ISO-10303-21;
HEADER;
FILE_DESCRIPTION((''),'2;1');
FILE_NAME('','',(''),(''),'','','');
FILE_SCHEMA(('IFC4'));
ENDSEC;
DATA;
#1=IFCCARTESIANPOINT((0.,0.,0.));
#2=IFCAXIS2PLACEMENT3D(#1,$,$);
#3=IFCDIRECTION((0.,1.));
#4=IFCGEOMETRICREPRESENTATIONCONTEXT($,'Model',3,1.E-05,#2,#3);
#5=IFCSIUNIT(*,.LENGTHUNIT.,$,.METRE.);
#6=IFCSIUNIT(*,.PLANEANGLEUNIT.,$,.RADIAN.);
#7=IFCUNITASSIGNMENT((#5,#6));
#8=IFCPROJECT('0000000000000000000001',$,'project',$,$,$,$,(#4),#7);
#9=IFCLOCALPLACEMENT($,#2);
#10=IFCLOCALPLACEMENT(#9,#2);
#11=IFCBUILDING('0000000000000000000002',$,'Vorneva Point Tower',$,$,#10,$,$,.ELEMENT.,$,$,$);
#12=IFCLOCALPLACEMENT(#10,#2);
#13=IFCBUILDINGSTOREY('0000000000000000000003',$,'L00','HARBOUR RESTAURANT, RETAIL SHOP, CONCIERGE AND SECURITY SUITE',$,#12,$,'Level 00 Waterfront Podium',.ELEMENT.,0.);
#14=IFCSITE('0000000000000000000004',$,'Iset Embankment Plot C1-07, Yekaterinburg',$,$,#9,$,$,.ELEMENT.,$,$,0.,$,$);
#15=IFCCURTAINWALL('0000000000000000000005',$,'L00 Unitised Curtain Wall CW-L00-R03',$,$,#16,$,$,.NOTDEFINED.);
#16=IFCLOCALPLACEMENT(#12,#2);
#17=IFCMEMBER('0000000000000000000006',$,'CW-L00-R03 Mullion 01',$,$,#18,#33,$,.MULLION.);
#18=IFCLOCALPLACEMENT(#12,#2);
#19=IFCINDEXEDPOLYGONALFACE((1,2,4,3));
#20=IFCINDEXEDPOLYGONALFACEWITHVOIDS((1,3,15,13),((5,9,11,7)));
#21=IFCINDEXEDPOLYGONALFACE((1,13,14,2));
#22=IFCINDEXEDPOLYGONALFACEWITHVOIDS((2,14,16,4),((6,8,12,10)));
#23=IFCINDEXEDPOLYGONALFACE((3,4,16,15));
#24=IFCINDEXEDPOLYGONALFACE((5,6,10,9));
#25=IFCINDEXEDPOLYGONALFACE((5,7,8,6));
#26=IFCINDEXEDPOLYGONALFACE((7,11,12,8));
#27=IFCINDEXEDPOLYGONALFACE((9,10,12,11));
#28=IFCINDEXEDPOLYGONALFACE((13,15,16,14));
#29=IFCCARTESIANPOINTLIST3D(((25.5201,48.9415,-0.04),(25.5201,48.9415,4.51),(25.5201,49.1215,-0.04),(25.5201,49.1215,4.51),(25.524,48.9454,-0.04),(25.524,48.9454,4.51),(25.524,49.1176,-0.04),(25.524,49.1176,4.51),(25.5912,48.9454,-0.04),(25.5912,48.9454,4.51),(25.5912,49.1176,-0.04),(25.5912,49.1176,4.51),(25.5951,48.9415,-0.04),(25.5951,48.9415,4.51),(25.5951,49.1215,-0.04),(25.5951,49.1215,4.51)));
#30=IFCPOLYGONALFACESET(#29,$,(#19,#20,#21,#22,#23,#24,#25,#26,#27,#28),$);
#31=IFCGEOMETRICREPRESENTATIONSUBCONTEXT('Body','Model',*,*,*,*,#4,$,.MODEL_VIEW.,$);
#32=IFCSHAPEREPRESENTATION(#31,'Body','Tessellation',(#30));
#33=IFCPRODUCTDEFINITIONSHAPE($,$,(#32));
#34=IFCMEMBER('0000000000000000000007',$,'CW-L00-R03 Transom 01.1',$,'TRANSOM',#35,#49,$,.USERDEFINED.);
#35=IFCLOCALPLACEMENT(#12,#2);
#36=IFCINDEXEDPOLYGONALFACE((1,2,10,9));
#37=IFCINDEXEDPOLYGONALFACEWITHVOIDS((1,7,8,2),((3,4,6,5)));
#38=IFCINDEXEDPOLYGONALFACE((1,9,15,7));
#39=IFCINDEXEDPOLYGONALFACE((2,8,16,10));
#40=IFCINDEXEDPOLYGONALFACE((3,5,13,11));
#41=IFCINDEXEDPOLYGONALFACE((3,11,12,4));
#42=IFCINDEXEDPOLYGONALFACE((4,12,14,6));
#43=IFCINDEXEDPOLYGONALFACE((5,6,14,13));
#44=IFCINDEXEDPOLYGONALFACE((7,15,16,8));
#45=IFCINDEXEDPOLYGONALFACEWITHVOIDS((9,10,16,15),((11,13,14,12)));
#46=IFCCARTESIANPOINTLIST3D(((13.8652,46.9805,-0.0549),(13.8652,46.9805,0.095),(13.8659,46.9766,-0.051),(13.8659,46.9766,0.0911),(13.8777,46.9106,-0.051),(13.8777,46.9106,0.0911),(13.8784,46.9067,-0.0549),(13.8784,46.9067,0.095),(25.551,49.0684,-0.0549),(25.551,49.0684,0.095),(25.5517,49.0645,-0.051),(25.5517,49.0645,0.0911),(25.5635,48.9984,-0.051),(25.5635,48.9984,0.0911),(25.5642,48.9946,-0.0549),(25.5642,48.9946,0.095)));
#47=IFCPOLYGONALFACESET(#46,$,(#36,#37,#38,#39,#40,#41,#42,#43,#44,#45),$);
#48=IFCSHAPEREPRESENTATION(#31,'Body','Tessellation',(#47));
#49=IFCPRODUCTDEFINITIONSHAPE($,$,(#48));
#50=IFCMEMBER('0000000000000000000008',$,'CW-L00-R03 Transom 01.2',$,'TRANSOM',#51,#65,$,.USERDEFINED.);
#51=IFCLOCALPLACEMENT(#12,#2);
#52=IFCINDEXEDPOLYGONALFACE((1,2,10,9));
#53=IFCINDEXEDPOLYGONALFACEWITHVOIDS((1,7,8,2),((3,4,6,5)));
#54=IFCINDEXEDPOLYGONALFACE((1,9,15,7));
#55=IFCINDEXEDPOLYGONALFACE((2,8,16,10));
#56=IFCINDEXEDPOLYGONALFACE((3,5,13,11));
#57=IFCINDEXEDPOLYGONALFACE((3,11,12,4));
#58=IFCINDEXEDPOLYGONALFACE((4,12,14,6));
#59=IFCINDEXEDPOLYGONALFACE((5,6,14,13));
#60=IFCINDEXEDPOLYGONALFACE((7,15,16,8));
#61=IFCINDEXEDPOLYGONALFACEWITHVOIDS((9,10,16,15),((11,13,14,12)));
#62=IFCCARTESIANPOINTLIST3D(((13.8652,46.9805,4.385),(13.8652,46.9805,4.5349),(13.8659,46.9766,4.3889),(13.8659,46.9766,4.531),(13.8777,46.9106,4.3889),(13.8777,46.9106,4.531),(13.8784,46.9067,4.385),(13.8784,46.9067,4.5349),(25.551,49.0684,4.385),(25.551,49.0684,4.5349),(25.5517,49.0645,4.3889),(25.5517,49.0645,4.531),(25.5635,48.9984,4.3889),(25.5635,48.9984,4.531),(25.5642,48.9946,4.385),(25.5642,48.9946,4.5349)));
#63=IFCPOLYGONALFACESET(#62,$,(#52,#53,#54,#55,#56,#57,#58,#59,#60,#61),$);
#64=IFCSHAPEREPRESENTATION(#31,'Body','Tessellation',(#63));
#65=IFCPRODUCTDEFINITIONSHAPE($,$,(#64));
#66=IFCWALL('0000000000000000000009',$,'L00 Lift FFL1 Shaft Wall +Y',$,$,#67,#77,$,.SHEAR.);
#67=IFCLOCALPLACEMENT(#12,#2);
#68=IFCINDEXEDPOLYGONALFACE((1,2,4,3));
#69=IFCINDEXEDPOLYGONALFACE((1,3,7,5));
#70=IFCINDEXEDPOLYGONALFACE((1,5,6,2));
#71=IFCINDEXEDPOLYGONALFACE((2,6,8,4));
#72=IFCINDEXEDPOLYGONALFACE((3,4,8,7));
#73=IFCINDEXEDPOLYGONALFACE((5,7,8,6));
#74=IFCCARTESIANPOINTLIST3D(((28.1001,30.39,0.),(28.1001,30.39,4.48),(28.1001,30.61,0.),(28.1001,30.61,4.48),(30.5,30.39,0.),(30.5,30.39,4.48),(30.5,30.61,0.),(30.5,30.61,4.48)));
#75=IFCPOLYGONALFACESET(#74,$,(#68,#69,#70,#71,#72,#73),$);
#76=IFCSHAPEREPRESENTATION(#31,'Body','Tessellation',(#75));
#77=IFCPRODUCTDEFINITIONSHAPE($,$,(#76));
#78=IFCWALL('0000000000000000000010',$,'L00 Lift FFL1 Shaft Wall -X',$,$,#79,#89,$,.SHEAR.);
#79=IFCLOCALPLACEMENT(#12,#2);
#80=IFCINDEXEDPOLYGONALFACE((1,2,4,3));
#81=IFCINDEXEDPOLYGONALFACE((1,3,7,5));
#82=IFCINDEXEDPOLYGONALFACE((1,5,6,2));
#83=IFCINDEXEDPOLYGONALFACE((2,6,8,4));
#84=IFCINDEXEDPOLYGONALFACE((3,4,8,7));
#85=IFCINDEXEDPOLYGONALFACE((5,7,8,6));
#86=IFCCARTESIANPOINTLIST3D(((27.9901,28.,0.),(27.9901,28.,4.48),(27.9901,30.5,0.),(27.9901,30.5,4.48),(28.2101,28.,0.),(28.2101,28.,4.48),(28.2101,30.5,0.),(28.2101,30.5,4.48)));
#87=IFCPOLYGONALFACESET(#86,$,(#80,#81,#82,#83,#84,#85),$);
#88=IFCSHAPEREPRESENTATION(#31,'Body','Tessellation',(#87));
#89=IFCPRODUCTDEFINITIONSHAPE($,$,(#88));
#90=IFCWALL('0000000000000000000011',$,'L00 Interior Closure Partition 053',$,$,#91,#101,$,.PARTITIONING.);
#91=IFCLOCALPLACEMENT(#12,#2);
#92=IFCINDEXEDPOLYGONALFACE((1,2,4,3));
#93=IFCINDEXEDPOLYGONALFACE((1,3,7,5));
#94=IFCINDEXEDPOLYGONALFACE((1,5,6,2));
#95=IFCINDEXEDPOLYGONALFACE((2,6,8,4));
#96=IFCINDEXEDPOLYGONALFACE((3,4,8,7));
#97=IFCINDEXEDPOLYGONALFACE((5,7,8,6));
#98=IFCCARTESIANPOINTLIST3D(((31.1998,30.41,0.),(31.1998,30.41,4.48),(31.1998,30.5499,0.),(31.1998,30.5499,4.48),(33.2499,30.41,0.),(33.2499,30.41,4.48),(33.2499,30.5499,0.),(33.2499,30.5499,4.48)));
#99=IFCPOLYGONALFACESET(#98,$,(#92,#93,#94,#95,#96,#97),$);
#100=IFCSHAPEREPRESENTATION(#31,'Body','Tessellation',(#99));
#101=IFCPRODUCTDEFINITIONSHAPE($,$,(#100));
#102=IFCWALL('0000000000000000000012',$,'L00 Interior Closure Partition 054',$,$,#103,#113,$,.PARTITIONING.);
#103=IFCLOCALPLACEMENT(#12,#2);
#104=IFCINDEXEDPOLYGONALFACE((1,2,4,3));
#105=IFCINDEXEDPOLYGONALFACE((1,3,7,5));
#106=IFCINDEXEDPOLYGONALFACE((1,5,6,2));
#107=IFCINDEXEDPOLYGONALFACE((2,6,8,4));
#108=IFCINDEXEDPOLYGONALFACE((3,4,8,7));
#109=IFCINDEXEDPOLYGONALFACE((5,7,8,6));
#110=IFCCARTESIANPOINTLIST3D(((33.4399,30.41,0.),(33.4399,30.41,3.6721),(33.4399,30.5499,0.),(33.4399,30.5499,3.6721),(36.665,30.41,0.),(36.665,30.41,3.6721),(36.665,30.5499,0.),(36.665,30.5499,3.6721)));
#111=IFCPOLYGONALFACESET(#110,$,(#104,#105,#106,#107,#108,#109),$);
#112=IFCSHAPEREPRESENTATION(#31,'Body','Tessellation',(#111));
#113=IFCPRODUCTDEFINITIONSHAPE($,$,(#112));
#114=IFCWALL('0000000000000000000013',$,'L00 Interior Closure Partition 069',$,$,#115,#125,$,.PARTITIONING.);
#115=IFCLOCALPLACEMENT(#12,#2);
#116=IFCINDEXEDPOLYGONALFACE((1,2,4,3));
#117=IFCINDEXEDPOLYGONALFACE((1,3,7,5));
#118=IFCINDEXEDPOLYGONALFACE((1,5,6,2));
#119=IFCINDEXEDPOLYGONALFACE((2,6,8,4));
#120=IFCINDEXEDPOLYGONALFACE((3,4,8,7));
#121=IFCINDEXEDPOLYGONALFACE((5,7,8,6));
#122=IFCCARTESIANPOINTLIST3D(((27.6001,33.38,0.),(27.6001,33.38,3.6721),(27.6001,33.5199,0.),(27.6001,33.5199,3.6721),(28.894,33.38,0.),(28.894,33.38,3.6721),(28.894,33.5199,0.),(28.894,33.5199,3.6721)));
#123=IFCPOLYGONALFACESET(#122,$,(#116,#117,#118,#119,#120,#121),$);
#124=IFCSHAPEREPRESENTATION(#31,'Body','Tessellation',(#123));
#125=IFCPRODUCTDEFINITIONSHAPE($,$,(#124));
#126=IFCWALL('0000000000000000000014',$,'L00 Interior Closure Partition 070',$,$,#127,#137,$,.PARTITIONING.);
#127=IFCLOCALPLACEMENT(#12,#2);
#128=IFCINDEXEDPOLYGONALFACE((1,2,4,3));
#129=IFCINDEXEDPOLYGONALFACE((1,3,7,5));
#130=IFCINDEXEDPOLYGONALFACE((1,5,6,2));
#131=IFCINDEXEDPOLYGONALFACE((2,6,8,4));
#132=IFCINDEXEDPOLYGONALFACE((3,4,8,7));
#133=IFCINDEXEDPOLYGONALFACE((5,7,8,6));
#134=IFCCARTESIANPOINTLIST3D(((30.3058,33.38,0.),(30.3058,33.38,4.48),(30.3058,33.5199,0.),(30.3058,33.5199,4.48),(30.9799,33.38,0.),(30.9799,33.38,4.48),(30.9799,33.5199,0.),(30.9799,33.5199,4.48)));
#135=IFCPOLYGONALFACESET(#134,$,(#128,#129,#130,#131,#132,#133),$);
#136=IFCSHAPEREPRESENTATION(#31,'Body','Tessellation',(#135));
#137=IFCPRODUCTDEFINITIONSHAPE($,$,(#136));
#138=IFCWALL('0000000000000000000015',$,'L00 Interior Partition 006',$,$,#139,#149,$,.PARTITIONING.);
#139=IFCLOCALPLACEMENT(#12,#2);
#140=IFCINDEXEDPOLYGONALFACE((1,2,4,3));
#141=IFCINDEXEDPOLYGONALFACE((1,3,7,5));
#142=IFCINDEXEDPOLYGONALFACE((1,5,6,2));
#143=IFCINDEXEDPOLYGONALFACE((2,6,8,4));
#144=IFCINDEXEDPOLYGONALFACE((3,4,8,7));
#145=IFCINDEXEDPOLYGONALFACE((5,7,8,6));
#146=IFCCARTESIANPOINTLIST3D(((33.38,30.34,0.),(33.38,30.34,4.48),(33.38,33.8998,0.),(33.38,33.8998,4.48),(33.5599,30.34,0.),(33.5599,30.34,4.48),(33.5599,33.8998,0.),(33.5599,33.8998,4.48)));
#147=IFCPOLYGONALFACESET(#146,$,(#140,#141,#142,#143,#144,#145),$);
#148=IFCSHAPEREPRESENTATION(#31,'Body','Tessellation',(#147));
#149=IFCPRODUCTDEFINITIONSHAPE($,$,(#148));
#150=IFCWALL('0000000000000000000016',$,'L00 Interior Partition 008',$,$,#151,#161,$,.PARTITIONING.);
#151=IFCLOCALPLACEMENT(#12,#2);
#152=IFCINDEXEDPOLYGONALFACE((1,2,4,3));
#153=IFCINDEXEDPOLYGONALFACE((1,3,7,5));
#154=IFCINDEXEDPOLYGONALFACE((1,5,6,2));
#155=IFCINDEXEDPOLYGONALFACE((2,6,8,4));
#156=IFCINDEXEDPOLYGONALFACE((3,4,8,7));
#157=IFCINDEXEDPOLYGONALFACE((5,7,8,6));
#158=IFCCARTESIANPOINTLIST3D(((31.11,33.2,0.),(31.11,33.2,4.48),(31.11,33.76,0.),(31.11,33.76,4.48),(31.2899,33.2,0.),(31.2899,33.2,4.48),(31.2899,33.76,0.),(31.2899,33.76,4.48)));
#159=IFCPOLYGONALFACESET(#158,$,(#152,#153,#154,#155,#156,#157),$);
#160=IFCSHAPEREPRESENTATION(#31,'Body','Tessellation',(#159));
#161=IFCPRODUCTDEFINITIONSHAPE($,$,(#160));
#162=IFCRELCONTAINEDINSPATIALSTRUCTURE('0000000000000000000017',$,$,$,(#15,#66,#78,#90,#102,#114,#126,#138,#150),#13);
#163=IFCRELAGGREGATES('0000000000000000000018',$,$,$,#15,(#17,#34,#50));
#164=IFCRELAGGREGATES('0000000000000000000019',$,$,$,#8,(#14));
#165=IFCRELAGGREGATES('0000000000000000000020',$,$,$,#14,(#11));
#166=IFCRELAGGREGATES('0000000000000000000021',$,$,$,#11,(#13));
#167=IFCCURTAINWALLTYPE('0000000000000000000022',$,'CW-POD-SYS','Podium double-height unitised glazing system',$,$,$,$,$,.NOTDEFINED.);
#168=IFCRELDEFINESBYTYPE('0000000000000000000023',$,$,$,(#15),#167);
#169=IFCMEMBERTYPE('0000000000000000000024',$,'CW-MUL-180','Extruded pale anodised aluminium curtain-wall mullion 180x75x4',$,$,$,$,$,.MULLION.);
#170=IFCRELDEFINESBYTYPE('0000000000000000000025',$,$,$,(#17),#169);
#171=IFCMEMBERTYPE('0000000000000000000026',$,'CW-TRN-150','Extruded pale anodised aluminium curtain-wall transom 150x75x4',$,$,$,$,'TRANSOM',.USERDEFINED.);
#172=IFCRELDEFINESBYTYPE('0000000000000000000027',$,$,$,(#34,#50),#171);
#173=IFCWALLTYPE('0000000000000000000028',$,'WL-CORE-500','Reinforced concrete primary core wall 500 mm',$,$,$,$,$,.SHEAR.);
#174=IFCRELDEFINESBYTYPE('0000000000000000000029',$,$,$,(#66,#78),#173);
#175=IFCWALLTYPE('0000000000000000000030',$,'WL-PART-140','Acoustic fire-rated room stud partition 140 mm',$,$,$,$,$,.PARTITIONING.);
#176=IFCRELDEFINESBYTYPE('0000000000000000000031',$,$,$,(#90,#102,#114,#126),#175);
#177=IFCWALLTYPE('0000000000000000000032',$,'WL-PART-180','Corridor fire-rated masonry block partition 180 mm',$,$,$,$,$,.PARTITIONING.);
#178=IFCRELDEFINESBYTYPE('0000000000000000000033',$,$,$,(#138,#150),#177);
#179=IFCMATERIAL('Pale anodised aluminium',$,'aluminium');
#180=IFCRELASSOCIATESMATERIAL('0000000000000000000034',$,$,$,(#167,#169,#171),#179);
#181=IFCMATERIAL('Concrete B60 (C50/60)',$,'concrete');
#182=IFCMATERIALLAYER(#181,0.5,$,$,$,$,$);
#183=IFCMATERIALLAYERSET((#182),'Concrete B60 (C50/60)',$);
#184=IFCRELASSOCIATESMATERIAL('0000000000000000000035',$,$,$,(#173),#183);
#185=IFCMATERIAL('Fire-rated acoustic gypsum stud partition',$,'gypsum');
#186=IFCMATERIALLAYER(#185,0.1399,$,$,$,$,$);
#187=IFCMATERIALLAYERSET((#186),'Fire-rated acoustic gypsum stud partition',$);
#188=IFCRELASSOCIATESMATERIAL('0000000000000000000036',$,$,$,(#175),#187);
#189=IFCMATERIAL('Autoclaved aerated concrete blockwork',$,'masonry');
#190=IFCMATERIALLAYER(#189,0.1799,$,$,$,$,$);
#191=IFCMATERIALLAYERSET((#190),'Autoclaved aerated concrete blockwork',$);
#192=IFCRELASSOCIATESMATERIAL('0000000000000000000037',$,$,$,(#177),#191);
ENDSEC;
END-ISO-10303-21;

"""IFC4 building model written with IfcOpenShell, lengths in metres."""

from ifc_helpers import new_model, si_unit, direction, frame, frame_2d, origin, origin_2d, place, context, subcontext, project, spatial, rectangle, hollow_rectangle, extrude, material, layer, layer_set, material_profile, profile_set, type_object, element, aggregate, save


model = new_model("IFC4")

# Units and contexts
model_context = context("Model", 3, precision=1e-05, world=origin(), true_north=direction((0.0, 1.0)))
body_context = subcontext(model_context, "Body", "Model", "MODEL_VIEW")
ifc_project = project(units=[si_unit("LENGTHUNIT", "METRE"), si_unit("PLANEANGLEUNIT", "RADIAN")], contexts=[model_context])

# Site, building, storey
site_placement = place(None, origin())
site = spatial("IfcSite", under=ifc_project, at=site_placement, Name="Iset Embankment Plot C1-07, Yekaterinburg", CompositionType="ELEMENT", RefElevation=0.0)
building_placement = place(site_placement, origin())
building = spatial("IfcBuilding", under=site, at=building_placement, Name="Vorneva Point Tower", CompositionType="ELEMENT")
storey_placement = place(building_placement, origin())
storey = spatial("IfcBuildingStorey", under=building, at=storey_placement, Name="L00", Description="HARBOUR RESTAURANT, RETAIL SHOP, CONCIERGE AND SECURITY SUITE", LongName="Level 00 Waterfront Podium", CompositionType="ELEMENT", Elevation=0.0)

# Shared definitions
ifc_material_1 = material(Name="Concrete B60 (C50/60)", Category="concrete")

# Curtain wall, members
ifc_material_2 = material(Name="Pale anodised aluminium", Category="aluminium")
curtain_wall_type = type_object("IfcCurtainWallType", Name="CW-POD-SYS", Description="Podium double-height unitised glazing system", PredefinedType="NOTDEFINED", material=ifc_material_2)
curtain_wall_placement = place(storey_placement, origin())
curtain_wall = element("IfcCurtainWall", 1, at=curtain_wall_placement, inside=storey, type_object=curtain_wall_type, Name="L00 Unitised Curtain Wall CW-L00-R03", PredefinedType="NOTDEFINED")
ifc_material_profile_1 = material_profile(ifc_material_2, hollow_rectangle(XDim=0.075, YDim=0.1799, WallThickness=0.0039, at=origin_2d()), Name="AL-MUL 180x75x4")
ifc_profile_set_1 = profile_set([ifc_material_profile_1], Name="Pale anodised aluminium")
member_type_1 = type_object("IfcMemberType", Name="CW-MUL-180", Description="Extruded pale anodised aluminium curtain-wall mullion 180x75x4", PredefinedType="MULLION", material=ifc_profile_set_1)
member_1_placement = place(storey_placement, frame((25.5576, 49.0315, -0.04), z_axis=(0.0, 0.0, 1.0), x_axis=(1.0, 0.0, 0.0)))
member_1 = element("IfcMember", 2, at=member_1_placement, type_object=member_type_1, Name="CW-L00-R03 Mullion 01", PredefinedType="MULLION", context=body_context, shape_type="SweptSolid", body=[
    extrude(hollow_rectangle(XDim=0.075, YDim=0.1799, WallThickness=0.0039, at=origin_2d()), origin(), (0.0, 0.0, 1.0), 4.55),
])
ifc_material_profile_2 = material_profile(ifc_material_2, hollow_rectangle(XDim=0.075, YDim=0.1499, WallThickness=0.0039, at=origin_2d()), Name="AL-TRN 150x75x4")
ifc_profile_set_2 = profile_set([ifc_material_profile_2], Name="Pale anodised aluminium")
member_type_2 = type_object("IfcMemberType", Name="CW-TRN-150", Description="Extruded pale anodised aluminium curtain-wall transom 150x75x4", ElementType="TRANSOM", PredefinedType="USERDEFINED", material=ifc_profile_set_2)
member_2_placement = place(storey_placement, frame((25.5576, 49.0315, 0.02), z_axis=(-0.984411, -0.175884, 0.0), x_axis=(0.175884, -0.984411, 0.0)))
member_2 = element("IfcMember", 3, at=member_2_placement, type_object=member_type_2, Name="CW-L00-R03 Transom 01.1", ObjectType="TRANSOM", PredefinedType="USERDEFINED", context=body_context, shape_type="SweptSolid", body=[
    extrude(hollow_rectangle(XDim=0.075, YDim=0.1499, WallThickness=0.0039, at=origin_2d()), origin(), (0.0, 0.0, 1.0), 11.8708),
])
member_3_placement = place(storey_placement, frame((25.5576, 49.0315, 4.46), z_axis=(-0.984411, -0.175884, 0.0), x_axis=(0.175884, -0.984411, 0.0)))
member_3 = element("IfcMember", 4, at=member_3_placement, type_object=member_type_2, Name="CW-L00-R03 Transom 01.2", ObjectType="TRANSOM", PredefinedType="USERDEFINED", context=body_context, shape_type="SweptSolid", body=[
    extrude(hollow_rectangle(XDim=0.075, YDim=0.1499, WallThickness=0.0039, at=origin_2d()), origin(), (0.0, 0.0, 1.0), 11.8708),
])
aggregate(curtain_wall, [member_1, member_2, member_3])

# Walls
ifc_layer_1 = layer(ifc_material_1, 0.5)
ifc_layer_set_1 = layer_set([ifc_layer_1], Name="Concrete B60 (C50/60)")
wall_type_1 = type_object("IfcWallType", Name="WL-CORE-500", Description="Reinforced concrete primary core wall 500 mm", PredefinedType="SHEAR", material=ifc_layer_set_1)
wall_1_placement = place(storey_placement, frame((30.5, 30.5, 0.0), z_axis=(0.0, 0.0, 1.0), x_axis=(-1.0, 0.0, 0.0)))
element("IfcWall", 5, at=wall_1_placement, inside=storey, type_object=wall_type_1, Name="L00 Lift FFL1 Shaft Wall +Y", PredefinedType="SHEAR", context=body_context, shape_type="SweptSolid", body=[
    extrude(rectangle(XDim=2.3999, YDim=0.22, at=frame_2d((1.2, 0.0))), origin(), (0.0, 0.0, 1.0), 4.48),
])
wall_2_placement = place(storey_placement, frame((28.1001, 30.5, 0.0), z_axis=(0.0, 0.0, 1.0), x_axis=(0.0, -1.0, 0.0)))
element("IfcWall", 6, at=wall_2_placement, inside=storey, type_object=wall_type_1, Name="L00 Lift FFL1 Shaft Wall -X", PredefinedType="SHEAR", context=body_context, shape_type="SweptSolid", body=[
    extrude(rectangle(XDim=2.5, YDim=0.22, at=frame_2d((1.25, 0.0))), origin(), (0.0, 0.0, 1.0), 4.48),
])
ifc_material_3 = material(Name="Fire-rated acoustic gypsum stud partition", Category="gypsum")
ifc_layer_2 = layer(ifc_material_3, 0.1399)
ifc_layer_set_2 = layer_set([ifc_layer_2], Name="Fire-rated acoustic gypsum stud partition")
wall_type_2 = type_object("IfcWallType", Name="WL-PART-140", Description="Acoustic fire-rated room stud partition 140 mm", PredefinedType="PARTITIONING", material=ifc_layer_set_2)
wall_3_placement = place(storey_placement, frame((31.2, 30.48, 0.0), z_axis=(0.0, 0.0, 1.0), x_axis=(1.0, 0.0, 0.0)))
element("IfcWall", 7, at=wall_3_placement, inside=storey, type_object=wall_type_2, Name="L00 Interior Closure Partition 053", PredefinedType="PARTITIONING", context=body_context, shape_type="SweptSolid", body=[
    extrude(rectangle(XDim=2.05, YDim=0.1399, at=frame_2d((1.0249, 0.0))), origin(), (0.0, 0.0, 1.0), 4.48),
])
wall_4_placement = place(storey_placement, frame((33.4399, 30.48, 0.0), z_axis=(0.0, 0.0, 1.0), x_axis=(1.0, 0.0, 0.0)))
element("IfcWall", 8, at=wall_4_placement, inside=storey, type_object=wall_type_2, Name="L00 Interior Closure Partition 054", PredefinedType="PARTITIONING", context=body_context, shape_type="SweptSolid", body=[
    extrude(rectangle(XDim=3.2251, YDim=0.1399, at=frame_2d((1.6125, 0.0))), origin(), (0.0, 0.0, 1.0), 3.6721),
])
wall_5_placement = place(storey_placement, frame((27.6001, 33.45, 0.0), z_axis=(0.0, 0.0, 1.0), x_axis=(1.0, 0.0, 0.0)))
element("IfcWall", 9, at=wall_5_placement, inside=storey, type_object=wall_type_2, Name="L00 Interior Closure Partition 069", PredefinedType="PARTITIONING", context=body_context, shape_type="SweptSolid", body=[
    extrude(rectangle(XDim=1.2939, YDim=0.1399, at=frame_2d((0.647, 0.0))), origin(), (0.0, 0.0, 1.0), 3.6721),
])
wall_6_placement = place(storey_placement, frame((30.3059, 33.45, 0.0), z_axis=(0.0, 0.0, 1.0), x_axis=(1.0, 0.0, 0.0)))
element("IfcWall", 10, at=wall_6_placement, inside=storey, type_object=wall_type_2, Name="L00 Interior Closure Partition 070", PredefinedType="PARTITIONING", context=body_context, shape_type="SweptSolid", body=[
    extrude(rectangle(XDim=0.6741, YDim=0.1399, at=frame_2d((0.3369, 0.0))), origin(), (0.0, 0.0, 1.0), 4.48),
])
ifc_material_4 = material(Name="Autoclaved aerated concrete blockwork", Category="masonry")
ifc_layer_3 = layer(ifc_material_4, 0.1799)
ifc_layer_set_3 = layer_set([ifc_layer_3], Name="Autoclaved aerated concrete blockwork")
wall_type_3 = type_object("IfcWallType", Name="WL-PART-180", Description="Corridor fire-rated masonry block partition 180 mm", PredefinedType="PARTITIONING", material=ifc_layer_set_3)
wall_7_placement = place(storey_placement, frame((33.47, 30.3401, 0.0), z_axis=(0.0, 0.0, 1.0), x_axis=(0.0, 1.0, 0.0)))
element("IfcWall", 11, at=wall_7_placement, inside=storey, type_object=wall_type_3, Name="L00 Interior Partition 006", PredefinedType="PARTITIONING", context=body_context, shape_type="SweptSolid", body=[
    extrude(rectangle(XDim=3.5598, YDim=0.1799, at=frame_2d((1.7798, 0.0))), origin(), (0.0, 0.0, 1.0), 4.48),
])

# Wall
wall_8_placement = place(storey_placement, frame((31.2, 33.76, 0.0), z_axis=(0.0, 0.0, 1.0), x_axis=(0.0, -1.0, 0.0)))
element("IfcWall", 12, at=wall_8_placement, inside=storey, type_object=wall_type_3, Name="L00 Interior Partition 008", PredefinedType="PARTITIONING", context=body_context, shape_type="SweptSolid", body=[
    extrude(rectangle(XDim=0.5601, YDim=0.1799, at=frame_2d((0.28, 0.0))), origin(), (0.0, 0.0, 1.0), 4.48),
])

save(model, "model.ifc")
